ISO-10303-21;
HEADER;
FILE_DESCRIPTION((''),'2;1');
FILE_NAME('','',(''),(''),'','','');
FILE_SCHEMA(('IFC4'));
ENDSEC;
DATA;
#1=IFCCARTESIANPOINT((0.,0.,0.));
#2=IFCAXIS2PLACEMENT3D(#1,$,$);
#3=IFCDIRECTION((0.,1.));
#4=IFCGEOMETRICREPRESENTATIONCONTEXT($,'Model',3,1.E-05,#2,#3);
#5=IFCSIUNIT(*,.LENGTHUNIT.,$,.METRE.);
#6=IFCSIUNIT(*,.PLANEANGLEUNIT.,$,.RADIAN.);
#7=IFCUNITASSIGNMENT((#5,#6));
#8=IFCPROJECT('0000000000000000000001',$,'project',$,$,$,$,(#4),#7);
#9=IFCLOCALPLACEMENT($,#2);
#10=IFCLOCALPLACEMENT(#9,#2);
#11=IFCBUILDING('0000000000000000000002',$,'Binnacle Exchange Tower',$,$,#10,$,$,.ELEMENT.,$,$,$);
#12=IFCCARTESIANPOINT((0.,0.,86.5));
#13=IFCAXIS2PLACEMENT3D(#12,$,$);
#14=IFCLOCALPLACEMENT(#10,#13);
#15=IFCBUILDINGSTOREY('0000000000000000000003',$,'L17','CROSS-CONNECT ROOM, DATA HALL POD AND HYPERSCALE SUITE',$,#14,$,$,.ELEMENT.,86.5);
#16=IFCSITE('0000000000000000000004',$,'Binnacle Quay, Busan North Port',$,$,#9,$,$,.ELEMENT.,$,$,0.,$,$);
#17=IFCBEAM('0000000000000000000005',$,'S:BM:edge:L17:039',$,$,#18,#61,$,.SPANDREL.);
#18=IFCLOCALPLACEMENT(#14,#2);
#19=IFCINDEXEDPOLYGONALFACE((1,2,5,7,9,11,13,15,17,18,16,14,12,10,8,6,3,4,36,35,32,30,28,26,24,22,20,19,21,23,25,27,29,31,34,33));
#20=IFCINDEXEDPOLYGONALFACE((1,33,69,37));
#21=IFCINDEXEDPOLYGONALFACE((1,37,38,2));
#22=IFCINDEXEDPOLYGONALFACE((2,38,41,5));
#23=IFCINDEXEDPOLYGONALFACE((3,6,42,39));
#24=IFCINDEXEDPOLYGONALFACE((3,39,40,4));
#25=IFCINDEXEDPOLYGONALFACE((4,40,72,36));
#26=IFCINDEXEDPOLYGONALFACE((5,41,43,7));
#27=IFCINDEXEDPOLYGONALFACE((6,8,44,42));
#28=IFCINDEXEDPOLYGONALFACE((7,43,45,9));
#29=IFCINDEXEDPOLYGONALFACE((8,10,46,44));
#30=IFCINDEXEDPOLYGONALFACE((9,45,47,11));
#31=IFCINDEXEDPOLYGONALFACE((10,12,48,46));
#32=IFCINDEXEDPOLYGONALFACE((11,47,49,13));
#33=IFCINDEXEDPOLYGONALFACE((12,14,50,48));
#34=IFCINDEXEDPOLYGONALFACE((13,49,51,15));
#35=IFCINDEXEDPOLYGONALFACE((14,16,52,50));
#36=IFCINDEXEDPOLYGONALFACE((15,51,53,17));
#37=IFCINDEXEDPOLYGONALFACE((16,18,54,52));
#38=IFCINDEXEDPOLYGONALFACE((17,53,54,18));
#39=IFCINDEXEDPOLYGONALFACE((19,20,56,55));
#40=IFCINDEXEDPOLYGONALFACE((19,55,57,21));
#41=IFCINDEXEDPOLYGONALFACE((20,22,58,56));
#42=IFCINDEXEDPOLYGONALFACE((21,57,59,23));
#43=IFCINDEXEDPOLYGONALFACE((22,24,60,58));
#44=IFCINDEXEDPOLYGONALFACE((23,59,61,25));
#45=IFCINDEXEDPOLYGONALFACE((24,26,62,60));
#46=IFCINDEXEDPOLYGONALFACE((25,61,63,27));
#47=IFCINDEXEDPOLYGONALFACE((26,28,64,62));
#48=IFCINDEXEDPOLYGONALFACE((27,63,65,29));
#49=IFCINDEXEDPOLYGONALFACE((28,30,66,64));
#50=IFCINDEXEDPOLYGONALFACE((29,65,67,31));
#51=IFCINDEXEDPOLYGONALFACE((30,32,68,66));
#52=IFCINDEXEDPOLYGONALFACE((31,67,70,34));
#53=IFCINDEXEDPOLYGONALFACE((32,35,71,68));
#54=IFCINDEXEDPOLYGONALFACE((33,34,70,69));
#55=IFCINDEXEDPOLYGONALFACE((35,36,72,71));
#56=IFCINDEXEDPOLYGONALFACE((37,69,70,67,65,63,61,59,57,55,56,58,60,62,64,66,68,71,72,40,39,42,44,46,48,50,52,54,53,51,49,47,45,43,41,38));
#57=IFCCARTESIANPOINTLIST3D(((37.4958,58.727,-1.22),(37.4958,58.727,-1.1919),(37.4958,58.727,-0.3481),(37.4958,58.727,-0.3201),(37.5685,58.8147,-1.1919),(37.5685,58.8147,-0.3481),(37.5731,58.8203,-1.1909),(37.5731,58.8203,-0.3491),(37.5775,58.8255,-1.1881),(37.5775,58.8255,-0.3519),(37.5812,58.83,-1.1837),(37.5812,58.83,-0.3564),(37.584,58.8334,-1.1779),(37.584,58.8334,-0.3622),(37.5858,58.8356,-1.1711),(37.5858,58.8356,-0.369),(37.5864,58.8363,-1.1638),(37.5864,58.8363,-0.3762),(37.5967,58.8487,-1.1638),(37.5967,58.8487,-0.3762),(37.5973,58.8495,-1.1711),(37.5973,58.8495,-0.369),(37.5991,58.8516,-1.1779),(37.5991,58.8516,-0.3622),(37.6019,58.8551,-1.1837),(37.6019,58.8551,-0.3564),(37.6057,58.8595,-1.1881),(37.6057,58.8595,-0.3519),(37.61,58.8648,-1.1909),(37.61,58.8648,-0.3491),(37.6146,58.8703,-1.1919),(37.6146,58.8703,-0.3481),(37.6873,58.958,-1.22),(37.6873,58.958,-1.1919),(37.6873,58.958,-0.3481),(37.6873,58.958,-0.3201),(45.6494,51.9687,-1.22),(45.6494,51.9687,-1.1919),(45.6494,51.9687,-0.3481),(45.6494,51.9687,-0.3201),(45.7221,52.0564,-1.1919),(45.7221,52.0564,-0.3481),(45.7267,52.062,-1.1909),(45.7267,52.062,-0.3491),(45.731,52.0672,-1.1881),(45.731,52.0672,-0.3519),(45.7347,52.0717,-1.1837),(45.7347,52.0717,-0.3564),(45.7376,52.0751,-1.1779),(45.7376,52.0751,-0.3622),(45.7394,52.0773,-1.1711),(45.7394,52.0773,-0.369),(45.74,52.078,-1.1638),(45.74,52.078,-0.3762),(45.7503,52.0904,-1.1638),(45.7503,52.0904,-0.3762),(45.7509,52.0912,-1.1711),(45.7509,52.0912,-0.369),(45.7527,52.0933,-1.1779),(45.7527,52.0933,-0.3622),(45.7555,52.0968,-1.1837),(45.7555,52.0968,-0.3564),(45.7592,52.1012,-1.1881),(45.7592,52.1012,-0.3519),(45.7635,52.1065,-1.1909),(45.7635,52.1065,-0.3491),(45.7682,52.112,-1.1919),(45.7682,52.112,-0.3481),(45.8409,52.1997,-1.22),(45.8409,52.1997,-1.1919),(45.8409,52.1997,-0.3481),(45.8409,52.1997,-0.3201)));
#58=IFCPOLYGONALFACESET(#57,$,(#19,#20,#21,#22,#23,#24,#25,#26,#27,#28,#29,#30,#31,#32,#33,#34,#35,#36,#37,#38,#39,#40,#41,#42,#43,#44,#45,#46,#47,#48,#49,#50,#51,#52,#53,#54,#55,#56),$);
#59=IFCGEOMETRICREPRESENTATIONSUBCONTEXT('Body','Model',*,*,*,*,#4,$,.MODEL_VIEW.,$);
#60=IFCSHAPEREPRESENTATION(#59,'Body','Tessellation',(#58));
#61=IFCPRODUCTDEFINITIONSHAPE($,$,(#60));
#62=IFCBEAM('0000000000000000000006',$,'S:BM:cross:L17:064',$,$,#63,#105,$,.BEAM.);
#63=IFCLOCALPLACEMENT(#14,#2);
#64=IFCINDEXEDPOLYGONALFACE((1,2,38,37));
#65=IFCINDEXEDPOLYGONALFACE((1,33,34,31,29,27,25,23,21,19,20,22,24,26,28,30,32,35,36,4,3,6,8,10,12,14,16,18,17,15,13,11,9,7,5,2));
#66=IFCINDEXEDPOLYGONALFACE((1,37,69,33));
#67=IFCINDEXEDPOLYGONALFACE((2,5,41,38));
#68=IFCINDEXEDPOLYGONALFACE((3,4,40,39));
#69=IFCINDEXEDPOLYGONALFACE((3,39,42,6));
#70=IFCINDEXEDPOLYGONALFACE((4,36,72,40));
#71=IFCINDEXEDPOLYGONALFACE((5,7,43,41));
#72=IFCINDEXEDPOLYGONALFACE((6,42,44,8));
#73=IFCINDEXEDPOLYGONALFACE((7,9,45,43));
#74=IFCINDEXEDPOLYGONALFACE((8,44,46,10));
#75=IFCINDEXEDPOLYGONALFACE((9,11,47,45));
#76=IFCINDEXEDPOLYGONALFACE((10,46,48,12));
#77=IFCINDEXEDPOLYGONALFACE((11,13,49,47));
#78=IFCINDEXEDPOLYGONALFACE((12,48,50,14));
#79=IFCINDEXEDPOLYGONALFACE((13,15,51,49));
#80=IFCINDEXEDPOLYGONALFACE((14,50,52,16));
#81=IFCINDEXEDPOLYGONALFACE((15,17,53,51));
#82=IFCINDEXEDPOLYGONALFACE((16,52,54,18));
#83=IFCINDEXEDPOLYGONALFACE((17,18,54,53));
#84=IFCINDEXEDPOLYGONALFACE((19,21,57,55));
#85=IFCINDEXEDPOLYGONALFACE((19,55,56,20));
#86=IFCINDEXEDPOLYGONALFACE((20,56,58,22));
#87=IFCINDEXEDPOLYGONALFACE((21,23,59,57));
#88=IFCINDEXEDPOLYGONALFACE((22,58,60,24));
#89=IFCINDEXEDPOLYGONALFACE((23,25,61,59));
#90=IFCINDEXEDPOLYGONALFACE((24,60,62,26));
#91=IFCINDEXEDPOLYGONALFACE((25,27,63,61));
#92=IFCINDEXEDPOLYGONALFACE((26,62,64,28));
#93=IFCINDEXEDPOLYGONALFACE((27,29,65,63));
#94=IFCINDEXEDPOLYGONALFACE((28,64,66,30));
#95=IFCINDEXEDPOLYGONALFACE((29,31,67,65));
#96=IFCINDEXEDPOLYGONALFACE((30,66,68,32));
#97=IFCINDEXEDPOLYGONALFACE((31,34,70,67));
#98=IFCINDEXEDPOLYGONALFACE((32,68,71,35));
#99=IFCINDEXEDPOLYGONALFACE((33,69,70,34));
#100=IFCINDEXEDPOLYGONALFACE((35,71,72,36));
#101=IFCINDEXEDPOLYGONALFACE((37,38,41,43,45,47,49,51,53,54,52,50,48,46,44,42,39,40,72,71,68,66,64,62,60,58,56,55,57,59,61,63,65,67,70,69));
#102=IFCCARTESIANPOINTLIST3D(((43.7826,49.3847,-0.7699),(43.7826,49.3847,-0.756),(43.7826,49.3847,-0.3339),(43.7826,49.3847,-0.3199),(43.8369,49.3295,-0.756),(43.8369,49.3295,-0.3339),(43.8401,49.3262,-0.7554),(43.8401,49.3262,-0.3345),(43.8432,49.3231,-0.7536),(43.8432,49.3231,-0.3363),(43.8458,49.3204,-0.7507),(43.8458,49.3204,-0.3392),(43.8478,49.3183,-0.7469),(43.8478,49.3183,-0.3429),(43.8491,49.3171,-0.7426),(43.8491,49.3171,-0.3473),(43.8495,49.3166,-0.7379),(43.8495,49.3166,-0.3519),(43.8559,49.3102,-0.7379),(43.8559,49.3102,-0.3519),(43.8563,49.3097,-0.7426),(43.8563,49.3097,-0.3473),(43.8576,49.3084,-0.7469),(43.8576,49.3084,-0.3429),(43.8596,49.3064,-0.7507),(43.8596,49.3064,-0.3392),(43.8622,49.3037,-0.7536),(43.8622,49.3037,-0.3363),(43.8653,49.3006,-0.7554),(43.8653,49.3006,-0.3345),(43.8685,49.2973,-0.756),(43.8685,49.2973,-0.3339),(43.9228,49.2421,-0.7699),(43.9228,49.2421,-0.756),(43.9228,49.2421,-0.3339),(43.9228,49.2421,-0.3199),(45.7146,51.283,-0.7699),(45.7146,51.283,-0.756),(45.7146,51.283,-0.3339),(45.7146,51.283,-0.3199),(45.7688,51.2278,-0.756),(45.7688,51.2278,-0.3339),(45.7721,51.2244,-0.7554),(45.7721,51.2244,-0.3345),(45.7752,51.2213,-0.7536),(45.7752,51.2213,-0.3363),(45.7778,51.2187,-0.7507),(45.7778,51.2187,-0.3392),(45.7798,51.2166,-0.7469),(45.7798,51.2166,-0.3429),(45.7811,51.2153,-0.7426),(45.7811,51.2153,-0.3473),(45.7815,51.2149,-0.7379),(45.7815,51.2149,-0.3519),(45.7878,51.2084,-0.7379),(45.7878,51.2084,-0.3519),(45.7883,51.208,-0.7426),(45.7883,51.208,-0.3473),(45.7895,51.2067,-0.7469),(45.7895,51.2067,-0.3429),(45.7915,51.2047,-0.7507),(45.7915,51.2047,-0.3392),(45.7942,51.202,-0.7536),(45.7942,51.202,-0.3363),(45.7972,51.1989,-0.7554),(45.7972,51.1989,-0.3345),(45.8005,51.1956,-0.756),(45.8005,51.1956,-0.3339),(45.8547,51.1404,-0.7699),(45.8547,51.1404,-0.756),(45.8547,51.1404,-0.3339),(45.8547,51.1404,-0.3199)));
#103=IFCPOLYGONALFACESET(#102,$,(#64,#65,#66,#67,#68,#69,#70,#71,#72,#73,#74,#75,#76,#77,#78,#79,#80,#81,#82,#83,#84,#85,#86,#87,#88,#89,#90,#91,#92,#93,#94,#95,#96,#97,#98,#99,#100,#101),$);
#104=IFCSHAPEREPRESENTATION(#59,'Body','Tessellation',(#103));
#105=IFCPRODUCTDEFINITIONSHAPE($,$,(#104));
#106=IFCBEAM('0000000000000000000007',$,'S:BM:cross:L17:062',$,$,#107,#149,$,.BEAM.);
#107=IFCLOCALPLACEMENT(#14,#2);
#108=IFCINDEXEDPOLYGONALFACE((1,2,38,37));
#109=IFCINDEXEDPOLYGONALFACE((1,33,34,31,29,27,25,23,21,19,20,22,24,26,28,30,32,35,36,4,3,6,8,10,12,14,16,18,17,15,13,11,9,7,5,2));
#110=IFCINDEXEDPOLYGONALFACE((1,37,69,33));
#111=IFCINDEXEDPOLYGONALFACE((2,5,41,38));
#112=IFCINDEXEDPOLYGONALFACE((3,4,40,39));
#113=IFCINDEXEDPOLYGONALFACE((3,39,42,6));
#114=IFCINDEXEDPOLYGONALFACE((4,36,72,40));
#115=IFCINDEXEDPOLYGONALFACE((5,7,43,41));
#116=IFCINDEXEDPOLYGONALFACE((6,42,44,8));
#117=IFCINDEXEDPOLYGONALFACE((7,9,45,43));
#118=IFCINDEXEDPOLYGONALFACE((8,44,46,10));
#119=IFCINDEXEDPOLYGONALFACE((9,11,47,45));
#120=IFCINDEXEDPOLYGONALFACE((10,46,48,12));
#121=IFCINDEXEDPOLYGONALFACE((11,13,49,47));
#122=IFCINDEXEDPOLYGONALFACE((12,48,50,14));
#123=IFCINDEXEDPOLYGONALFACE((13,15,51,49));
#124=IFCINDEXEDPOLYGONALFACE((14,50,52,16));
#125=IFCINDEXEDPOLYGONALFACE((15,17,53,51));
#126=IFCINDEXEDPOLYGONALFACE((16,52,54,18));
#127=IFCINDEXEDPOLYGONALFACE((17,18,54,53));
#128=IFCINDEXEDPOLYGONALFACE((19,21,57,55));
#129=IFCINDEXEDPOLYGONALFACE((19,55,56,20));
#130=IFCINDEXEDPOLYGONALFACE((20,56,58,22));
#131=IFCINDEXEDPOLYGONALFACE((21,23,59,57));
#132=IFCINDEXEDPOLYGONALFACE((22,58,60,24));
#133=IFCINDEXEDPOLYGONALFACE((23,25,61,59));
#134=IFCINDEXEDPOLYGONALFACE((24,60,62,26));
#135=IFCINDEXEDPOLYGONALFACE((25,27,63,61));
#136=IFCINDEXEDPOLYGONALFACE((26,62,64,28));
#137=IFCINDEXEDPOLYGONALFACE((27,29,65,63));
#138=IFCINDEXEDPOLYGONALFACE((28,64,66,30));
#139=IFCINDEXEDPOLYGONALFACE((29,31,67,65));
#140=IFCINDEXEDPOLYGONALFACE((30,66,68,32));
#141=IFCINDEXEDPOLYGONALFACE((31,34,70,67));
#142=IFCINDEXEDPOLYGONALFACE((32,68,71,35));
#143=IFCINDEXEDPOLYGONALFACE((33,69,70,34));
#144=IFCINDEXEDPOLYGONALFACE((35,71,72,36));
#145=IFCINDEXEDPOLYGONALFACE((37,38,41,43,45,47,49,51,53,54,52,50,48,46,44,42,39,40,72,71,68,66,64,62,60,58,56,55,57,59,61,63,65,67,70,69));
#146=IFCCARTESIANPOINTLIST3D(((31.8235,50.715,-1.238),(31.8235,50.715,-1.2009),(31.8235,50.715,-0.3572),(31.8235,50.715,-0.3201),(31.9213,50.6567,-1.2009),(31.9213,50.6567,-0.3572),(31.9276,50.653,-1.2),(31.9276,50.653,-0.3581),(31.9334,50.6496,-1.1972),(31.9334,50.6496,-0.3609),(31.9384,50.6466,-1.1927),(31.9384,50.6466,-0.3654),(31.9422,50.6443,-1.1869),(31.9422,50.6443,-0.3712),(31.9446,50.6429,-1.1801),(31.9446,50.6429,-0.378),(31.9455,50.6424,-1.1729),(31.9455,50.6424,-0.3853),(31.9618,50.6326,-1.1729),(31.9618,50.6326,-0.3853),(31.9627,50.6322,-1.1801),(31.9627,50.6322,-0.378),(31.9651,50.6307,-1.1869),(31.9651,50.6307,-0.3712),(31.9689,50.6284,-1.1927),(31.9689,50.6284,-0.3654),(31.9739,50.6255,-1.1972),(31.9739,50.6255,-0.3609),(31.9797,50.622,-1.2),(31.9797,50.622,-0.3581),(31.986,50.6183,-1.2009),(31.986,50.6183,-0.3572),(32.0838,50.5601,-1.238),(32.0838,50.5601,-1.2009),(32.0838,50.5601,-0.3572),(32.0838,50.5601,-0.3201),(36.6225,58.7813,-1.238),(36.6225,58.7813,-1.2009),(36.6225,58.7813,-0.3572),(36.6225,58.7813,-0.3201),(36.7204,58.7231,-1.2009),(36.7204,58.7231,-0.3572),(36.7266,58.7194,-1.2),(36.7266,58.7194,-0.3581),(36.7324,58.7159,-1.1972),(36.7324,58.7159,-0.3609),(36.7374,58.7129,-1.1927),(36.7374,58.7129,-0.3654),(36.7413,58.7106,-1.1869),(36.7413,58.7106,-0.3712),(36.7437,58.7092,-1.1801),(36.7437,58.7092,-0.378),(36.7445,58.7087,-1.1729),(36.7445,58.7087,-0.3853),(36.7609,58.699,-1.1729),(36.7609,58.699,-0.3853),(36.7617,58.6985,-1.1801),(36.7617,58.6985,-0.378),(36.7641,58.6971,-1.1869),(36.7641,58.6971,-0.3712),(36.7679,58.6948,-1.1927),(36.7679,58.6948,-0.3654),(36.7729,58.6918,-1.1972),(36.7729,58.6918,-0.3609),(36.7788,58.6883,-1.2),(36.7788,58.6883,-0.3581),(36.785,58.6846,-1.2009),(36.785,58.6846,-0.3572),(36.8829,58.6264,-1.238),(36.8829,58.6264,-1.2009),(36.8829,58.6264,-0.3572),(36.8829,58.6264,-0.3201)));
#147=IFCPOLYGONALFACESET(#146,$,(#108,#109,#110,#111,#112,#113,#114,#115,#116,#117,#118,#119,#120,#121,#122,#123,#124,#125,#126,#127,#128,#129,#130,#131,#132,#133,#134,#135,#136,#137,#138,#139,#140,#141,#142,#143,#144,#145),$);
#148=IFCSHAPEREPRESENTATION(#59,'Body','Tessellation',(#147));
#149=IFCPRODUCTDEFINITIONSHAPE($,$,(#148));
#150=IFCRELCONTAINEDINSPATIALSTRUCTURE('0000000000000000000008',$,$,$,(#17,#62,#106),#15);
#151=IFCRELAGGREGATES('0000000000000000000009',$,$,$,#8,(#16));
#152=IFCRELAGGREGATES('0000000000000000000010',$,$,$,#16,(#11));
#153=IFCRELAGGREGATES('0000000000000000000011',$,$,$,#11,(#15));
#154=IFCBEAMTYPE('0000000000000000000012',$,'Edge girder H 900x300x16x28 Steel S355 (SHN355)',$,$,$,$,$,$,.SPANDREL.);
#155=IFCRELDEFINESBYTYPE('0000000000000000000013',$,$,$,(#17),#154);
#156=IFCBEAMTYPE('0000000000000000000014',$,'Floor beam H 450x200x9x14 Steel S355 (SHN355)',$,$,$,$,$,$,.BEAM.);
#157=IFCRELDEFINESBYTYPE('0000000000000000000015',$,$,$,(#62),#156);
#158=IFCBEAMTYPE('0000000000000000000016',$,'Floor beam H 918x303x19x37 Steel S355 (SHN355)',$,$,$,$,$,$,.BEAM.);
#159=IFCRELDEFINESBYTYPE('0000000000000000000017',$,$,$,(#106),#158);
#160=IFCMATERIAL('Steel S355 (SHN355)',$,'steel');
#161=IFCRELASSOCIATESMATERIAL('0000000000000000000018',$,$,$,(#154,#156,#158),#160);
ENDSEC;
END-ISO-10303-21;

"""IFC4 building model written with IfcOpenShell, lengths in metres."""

from ifc_helpers import new_model, si_unit, direction, frame, origin, origin_2d, place, context, subcontext, project, spatial, i_section, extrude, material, material_profile, profile_set, type_object, element, save


model = new_model("IFC4")

# Units and contexts
model_context = context("Model", 3, precision=1e-05, world=origin(), true_north=direction((0.0, 1.0)))
body_context = subcontext(model_context, "Body", "Model", "MODEL_VIEW")
ifc_project = project(units=[si_unit("LENGTHUNIT", "METRE"), si_unit("PLANEANGLEUNIT", "RADIAN")], contexts=[model_context])

# Site, building, storey
site_placement = place(None, origin())
site = spatial("IfcSite", under=ifc_project, at=site_placement, Name="Binnacle Quay, Busan North Port", CompositionType="ELEMENT", RefElevation=0.0)
building_placement = place(site_placement, origin())
building = spatial("IfcBuilding", under=site, at=building_placement, Name="Binnacle Exchange Tower", CompositionType="ELEMENT")
storey_placement = place(building_placement, frame((0.0, 0.0, 86.5)))
storey = spatial("IfcBuildingStorey", under=building, at=storey_placement, Name="L17", Description="CROSS-CONNECT ROOM, DATA HALL POD AND HYPERSCALE SUITE", CompositionType="ELEMENT", Elevation=86.5)

# Beams
ifc_material_1 = material(Name="Steel S355 (SHN355)", Category="steel")
ifc_material_profile_1 = material_profile(ifc_material_1, i_section(OverallWidth=0.3, OverallDepth=0.8999, WebThickness=0.0161, FlangeThickness=0.0281, FilletRadius=0.0281, at=origin_2d()), Name="H 900x300x16x28")
ifc_profile_set_1 = profile_set([ifc_material_profile_1], Name="Steel S355 (SHN355)")
beam_type_1 = type_object("IfcBeamType", Name="Edge girder H 900x300x16x28 Steel S355 (SHN355)", PredefinedType="SPANDREL", material=ifc_profile_set_1)
beam_1_placement = place(storey_placement, frame((45.7451, 52.0842, -0.77), z_axis=(-0.769906, 0.638157, 0.0), x_axis=(-0.638157, -0.769906, 0.0)))
element("IfcBeam", 1, at=beam_1_placement, inside=storey, type_object=beam_type_1, Name="S:BM:edge:L17:039", PredefinedType="SPANDREL", context=body_context, shape_type="SweptSolid", body=[
    extrude(i_section(OverallWidth=0.3, OverallDepth=0.8999, WebThickness=0.0161, FlangeThickness=0.0281, FilletRadius=0.0281, at=origin_2d()), origin(), (0.0, 0.0, 1.0), 10.5903),
])
ifc_material_profile_2 = material_profile(ifc_material_1, i_section(OverallWidth=0.2, OverallDepth=0.45, WebThickness=0.009, FlangeThickness=0.0139, FilletRadius=0.0181, at=origin_2d()), Name="H 450x200x9x14")
ifc_profile_set_2 = profile_set([ifc_material_profile_2], Name="Steel S355 (SHN355)")
beam_type_2 = type_object("IfcBeamType", Name="Floor beam H 450x200x9x14 Steel S355 (SHN355)", PredefinedType="BEAM", material=ifc_profile_set_2)
beam_2_placement = place(storey_placement, frame((45.7847, 51.2117, -0.5449), z_axis=(-0.713299, -0.70086, 0.0), x_axis=(0.70086, -0.713299, 0.0)))
element("IfcBeam", 2, at=beam_2_placement, inside=storey, type_object=beam_type_2, Name="S:BM:cross:L17:064", PredefinedType="BEAM", context=body_context, shape_type="SweptSolid", body=[
    extrude(i_section(OverallWidth=0.2, OverallDepth=0.45, WebThickness=0.009, FlangeThickness=0.0139, FilletRadius=0.0181, at=origin_2d()), origin(), (0.0, 0.0, 1.0), 2.7085),
])
ifc_material_profile_3 = material_profile(ifc_material_1, i_section(OverallWidth=0.303, OverallDepth=0.918, WebThickness=0.019, FlangeThickness=0.0371, FilletRadius=0.0281, at=origin_2d()), Name="H 918x303x19x37")
ifc_profile_set_3 = profile_set([ifc_material_profile_3], Name="Steel S355 (SHN355)")
beam_type_3 = type_object("IfcBeamType", Name="Floor beam H 918x303x19x37 Steel S355 (SHN355)", PredefinedType="BEAM", material=ifc_profile_set_3)
beam_3_placement = place(storey_placement, frame((36.7527, 58.7039, -0.7791), z_axis=(-0.511298, -0.859403, 0.0), x_axis=(0.859403, -0.511298, 0.0)))
element("IfcBeam", 3, at=beam_3_placement, inside=storey, type_object=beam_type_3, Name="S:BM:cross:L17:062", PredefinedType="BEAM", context=body_context, shape_type="SweptSolid", body=[
    extrude(i_section(OverallWidth=0.303, OverallDepth=0.918, WebThickness=0.019, FlangeThickness=0.0371, FilletRadius=0.0281, at=origin_2d()), origin(), (0.0, 0.0, 1.0), 9.386),
])

save(model, "model.ifc")
